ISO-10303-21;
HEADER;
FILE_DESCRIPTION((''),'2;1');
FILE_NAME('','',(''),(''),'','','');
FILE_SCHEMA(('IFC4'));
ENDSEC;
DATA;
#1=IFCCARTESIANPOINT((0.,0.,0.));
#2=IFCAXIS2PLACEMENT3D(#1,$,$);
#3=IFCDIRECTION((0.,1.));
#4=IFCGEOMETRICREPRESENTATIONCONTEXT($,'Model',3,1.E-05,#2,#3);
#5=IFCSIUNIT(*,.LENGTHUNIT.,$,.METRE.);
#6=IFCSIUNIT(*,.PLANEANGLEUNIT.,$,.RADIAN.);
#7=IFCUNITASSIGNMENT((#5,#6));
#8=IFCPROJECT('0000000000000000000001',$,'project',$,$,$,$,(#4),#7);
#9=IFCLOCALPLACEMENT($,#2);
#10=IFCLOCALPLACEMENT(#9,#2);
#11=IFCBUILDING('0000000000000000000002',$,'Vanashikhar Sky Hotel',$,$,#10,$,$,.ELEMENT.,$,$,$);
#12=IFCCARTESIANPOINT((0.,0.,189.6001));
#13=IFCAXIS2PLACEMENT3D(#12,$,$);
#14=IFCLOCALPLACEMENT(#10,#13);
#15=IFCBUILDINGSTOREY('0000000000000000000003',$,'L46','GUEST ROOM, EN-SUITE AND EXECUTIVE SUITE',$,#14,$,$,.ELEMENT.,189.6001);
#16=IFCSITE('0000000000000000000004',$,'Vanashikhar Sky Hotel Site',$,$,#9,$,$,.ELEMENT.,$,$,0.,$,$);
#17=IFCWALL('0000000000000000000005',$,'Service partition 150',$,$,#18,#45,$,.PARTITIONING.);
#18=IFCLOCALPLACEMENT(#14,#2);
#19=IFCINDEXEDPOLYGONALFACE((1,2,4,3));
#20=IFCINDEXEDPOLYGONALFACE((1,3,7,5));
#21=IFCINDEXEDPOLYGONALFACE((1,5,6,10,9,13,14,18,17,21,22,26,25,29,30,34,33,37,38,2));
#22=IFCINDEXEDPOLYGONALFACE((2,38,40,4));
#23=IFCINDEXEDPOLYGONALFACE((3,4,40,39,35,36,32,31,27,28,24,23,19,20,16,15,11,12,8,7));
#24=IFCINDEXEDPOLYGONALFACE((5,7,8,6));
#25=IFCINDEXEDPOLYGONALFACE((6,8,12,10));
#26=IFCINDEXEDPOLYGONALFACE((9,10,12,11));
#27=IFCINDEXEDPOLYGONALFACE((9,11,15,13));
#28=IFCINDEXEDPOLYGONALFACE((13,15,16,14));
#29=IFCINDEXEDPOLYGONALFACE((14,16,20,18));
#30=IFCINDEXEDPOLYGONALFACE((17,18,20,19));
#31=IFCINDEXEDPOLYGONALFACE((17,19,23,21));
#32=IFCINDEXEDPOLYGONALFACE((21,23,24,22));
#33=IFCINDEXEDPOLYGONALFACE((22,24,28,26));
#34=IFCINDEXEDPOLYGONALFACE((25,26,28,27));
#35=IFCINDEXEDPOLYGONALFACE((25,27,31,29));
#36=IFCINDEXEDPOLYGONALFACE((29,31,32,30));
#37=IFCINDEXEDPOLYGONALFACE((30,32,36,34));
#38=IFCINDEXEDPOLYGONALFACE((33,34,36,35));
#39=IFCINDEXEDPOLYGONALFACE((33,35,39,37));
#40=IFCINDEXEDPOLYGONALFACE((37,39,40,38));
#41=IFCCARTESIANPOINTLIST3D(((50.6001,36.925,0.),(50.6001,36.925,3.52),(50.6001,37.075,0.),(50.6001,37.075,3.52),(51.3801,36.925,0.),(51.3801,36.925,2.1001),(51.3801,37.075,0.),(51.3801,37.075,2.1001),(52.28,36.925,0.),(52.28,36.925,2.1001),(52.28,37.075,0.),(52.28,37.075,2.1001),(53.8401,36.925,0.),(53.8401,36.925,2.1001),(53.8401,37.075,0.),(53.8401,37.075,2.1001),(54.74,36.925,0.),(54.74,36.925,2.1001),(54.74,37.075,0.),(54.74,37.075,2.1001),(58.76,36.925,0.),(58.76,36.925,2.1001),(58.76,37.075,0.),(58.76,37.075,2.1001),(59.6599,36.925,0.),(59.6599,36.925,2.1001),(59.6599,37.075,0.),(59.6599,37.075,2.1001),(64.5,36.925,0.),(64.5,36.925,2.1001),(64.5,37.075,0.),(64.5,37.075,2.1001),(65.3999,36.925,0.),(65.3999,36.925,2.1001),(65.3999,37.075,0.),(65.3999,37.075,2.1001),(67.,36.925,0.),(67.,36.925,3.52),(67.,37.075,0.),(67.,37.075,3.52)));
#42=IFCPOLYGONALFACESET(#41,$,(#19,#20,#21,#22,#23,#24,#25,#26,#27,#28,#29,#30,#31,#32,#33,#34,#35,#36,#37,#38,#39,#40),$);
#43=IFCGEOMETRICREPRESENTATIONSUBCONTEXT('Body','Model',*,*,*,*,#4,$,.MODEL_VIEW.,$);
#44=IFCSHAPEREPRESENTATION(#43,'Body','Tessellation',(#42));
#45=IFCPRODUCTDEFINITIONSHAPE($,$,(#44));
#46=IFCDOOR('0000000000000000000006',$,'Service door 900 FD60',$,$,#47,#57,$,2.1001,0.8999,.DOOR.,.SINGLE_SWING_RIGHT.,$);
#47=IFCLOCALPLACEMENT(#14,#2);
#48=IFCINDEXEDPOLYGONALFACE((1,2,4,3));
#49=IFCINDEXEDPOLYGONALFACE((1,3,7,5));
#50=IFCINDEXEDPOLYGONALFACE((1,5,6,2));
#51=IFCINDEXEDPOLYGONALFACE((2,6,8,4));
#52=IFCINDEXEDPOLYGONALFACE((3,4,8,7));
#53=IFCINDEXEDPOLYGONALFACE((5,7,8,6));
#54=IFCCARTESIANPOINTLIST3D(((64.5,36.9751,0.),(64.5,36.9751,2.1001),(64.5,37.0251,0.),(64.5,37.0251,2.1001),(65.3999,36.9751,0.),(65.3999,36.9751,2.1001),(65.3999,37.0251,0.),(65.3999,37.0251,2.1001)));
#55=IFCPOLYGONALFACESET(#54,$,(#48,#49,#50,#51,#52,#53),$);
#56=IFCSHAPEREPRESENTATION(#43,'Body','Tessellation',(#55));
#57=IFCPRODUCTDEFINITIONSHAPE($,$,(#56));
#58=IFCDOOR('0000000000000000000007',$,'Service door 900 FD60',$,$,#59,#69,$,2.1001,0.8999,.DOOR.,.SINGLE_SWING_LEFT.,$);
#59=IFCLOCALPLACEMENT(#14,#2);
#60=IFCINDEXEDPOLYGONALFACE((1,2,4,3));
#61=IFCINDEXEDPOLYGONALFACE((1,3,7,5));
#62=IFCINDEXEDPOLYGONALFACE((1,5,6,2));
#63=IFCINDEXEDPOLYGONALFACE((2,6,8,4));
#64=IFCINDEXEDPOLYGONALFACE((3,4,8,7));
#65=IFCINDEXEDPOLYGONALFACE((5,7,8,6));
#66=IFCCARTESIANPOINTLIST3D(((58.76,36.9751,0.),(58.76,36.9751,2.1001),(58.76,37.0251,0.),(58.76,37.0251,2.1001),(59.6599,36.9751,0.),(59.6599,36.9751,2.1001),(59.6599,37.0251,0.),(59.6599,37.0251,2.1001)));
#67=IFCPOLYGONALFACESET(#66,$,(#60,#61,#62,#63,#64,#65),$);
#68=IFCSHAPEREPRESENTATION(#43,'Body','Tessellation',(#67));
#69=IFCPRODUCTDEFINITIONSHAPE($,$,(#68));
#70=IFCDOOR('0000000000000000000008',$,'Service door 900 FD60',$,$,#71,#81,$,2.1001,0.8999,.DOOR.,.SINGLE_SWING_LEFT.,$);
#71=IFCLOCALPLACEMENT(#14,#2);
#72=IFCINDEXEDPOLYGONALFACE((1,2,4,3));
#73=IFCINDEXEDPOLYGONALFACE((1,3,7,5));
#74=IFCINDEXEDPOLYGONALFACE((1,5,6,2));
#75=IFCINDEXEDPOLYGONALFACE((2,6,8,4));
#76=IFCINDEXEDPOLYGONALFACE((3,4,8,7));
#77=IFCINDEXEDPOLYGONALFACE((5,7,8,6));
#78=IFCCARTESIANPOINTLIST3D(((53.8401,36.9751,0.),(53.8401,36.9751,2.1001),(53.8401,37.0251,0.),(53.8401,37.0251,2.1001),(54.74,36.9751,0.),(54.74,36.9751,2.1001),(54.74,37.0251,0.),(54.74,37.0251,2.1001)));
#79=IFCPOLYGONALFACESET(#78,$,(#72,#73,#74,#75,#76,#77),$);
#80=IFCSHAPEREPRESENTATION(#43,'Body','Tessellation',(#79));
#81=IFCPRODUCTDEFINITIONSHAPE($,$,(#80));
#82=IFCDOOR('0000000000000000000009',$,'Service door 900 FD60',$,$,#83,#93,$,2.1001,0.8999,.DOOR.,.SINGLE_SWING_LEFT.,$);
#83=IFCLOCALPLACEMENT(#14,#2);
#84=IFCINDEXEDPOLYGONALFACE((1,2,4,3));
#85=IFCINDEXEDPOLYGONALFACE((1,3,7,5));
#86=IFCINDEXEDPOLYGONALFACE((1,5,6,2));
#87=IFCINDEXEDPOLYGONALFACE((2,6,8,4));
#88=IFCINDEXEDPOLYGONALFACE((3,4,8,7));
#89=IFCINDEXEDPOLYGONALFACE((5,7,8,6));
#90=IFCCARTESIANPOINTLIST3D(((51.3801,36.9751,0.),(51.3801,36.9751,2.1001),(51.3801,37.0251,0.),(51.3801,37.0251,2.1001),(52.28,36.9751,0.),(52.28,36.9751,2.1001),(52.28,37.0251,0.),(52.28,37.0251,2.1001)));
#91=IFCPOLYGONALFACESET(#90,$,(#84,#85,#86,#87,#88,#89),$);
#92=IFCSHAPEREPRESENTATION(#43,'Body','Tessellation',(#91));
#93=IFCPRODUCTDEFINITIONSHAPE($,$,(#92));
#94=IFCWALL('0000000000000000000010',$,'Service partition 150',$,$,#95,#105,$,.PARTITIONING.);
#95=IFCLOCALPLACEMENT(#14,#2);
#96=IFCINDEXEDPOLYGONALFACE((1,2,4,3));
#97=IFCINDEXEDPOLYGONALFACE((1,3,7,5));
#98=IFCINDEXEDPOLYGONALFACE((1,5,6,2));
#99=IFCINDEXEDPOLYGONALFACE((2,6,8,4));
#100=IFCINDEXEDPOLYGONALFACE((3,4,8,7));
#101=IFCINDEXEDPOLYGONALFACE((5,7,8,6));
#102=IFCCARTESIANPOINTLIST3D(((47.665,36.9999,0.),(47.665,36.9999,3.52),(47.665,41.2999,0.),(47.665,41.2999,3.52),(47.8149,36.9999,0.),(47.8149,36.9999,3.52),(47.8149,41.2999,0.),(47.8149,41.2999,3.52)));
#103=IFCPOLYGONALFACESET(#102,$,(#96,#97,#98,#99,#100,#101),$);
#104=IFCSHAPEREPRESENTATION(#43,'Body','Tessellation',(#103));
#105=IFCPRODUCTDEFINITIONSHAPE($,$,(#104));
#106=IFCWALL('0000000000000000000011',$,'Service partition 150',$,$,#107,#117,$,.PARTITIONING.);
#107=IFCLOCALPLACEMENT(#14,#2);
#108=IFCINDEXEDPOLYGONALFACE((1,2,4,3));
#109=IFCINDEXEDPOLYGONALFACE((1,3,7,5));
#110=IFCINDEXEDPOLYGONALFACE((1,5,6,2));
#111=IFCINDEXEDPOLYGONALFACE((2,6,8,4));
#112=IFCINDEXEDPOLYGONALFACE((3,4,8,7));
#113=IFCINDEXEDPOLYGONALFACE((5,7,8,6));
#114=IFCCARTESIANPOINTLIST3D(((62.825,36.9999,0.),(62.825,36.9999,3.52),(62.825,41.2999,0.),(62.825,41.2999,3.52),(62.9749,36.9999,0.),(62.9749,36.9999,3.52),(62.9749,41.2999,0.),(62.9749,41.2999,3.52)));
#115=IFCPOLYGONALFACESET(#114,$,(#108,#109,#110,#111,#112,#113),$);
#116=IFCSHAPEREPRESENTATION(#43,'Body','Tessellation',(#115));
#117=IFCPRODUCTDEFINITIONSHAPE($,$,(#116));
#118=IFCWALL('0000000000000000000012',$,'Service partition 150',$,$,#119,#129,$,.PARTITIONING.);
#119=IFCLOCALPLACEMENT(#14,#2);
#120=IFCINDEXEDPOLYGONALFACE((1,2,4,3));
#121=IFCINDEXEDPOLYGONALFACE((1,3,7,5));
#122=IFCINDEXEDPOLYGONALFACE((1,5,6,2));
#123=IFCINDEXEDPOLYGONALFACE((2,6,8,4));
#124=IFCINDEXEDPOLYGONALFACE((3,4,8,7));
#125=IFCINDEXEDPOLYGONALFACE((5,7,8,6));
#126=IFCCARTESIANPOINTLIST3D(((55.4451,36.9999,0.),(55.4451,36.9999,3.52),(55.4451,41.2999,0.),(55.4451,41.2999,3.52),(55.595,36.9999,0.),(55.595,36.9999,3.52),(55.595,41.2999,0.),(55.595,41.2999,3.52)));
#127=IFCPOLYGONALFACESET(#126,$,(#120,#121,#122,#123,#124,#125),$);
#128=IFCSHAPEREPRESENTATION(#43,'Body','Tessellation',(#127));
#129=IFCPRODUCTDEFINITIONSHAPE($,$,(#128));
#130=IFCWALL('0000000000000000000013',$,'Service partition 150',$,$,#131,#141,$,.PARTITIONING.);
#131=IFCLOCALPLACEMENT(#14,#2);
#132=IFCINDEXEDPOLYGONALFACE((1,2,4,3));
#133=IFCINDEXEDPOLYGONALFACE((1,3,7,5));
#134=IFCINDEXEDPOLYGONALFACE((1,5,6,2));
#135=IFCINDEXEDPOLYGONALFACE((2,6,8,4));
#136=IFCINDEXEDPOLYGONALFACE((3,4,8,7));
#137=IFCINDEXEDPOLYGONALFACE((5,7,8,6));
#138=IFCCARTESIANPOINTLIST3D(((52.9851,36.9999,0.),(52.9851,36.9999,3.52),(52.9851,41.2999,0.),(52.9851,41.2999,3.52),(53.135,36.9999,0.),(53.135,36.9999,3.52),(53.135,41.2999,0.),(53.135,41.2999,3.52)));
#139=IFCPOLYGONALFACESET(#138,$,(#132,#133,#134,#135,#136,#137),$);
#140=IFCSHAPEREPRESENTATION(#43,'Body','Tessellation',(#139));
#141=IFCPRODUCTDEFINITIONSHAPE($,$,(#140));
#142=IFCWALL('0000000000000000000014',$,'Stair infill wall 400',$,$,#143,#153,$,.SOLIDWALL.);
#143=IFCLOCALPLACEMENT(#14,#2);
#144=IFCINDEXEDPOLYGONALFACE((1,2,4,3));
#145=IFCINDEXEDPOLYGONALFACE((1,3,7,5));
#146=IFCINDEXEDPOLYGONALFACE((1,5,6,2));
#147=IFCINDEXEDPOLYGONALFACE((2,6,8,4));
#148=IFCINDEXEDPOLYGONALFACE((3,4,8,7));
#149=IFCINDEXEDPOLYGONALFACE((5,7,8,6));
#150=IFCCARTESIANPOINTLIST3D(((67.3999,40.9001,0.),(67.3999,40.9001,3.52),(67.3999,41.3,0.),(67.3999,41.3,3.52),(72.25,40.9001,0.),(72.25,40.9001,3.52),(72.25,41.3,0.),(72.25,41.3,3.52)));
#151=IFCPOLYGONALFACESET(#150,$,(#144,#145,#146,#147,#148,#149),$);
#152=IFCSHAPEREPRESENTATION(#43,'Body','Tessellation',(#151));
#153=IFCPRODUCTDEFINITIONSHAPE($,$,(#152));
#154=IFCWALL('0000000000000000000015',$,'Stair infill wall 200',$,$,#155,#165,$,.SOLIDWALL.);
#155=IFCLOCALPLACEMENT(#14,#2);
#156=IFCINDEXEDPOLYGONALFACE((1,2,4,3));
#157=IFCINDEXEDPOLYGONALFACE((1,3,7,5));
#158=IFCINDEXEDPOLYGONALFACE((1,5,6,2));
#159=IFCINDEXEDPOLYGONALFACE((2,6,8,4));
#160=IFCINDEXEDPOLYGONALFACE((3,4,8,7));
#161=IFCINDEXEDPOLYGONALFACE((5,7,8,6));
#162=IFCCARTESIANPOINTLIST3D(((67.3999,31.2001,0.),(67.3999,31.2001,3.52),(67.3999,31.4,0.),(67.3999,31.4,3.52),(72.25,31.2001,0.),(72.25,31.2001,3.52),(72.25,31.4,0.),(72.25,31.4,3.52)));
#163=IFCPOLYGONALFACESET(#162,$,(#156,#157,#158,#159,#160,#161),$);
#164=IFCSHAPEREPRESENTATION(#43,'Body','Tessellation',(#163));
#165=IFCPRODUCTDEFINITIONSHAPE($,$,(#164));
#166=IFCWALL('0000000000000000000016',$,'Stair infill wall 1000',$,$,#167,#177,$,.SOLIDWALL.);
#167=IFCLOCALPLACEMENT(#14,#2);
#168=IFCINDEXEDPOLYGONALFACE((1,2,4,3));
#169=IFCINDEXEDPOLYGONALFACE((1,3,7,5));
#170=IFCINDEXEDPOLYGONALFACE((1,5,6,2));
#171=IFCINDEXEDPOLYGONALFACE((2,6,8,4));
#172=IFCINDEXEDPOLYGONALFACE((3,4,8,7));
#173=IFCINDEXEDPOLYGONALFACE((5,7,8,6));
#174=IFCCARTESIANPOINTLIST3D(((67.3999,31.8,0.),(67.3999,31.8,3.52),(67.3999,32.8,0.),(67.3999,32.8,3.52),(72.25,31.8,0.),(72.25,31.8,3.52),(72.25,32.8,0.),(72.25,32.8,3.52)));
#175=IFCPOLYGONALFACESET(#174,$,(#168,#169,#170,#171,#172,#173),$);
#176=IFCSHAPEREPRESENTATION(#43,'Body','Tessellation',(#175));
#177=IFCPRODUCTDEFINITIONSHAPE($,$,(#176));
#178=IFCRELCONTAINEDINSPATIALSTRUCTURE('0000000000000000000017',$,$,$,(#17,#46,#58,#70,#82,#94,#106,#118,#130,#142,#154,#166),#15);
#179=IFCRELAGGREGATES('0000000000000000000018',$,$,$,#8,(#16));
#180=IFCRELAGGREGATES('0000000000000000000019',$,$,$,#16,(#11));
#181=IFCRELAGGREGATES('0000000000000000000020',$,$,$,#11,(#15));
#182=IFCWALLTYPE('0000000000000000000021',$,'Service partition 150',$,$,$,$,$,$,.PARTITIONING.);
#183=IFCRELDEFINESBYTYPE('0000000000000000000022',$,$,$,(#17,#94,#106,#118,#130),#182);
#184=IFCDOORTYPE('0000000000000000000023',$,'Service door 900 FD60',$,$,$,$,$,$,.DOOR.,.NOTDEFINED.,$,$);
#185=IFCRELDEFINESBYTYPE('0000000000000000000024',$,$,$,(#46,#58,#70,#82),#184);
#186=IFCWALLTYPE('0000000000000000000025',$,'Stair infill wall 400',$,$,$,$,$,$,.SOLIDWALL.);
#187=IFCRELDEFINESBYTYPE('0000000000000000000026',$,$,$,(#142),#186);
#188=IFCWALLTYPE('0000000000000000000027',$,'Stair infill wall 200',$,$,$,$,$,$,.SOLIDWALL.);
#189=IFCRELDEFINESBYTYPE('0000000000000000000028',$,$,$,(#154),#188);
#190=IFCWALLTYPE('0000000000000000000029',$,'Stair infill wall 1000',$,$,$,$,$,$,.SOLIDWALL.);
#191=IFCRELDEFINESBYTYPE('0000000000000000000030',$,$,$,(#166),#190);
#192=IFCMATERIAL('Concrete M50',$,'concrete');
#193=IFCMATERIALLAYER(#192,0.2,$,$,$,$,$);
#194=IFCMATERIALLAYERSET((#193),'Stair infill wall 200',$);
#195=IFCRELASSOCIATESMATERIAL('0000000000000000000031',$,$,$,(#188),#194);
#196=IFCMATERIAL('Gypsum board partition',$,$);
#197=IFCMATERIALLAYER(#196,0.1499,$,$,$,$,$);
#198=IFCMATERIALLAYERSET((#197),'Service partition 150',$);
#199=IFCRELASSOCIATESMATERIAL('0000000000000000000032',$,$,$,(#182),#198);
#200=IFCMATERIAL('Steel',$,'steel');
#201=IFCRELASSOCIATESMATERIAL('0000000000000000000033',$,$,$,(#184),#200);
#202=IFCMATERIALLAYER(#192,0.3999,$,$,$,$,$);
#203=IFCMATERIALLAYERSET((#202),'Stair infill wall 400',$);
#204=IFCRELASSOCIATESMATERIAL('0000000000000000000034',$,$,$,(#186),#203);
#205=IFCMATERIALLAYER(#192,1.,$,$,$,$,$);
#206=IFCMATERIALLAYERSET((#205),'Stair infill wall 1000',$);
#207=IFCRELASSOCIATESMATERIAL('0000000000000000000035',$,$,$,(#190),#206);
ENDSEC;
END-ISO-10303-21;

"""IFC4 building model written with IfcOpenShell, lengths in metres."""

from ifc_helpers import new_model, si_unit, direction, frame, frame_2d, origin, place, context, subcontext, project, spatial, rectangle, extrude, source, transform, mapped, material, layer, layer_set, type_object, element, fill, save


model = new_model("IFC4")

# Units and contexts
model_context = context("Model", 3, precision=1e-05, world=origin(), true_north=direction((0.0, 1.0)))
body_context = subcontext(model_context, "Body", "Model", "MODEL_VIEW")
ifc_project = project(units=[si_unit("LENGTHUNIT", "METRE"), si_unit("PLANEANGLEUNIT", "RADIAN")], contexts=[model_context])

# Site, building, storey
site_placement = place(None, origin())
site = spatial("IfcSite", under=ifc_project, at=site_placement, Name="Vanashikhar Sky Hotel Site", CompositionType="ELEMENT", RefElevation=0.0)
building_placement = place(site_placement, origin())
building = spatial("IfcBuilding", under=site, at=building_placement, Name="Vanashikhar Sky Hotel", CompositionType="ELEMENT")
storey_placement = place(building_placement, frame((0.0, 0.0, 189.6001)))
storey = spatial("IfcBuildingStorey", under=building, at=storey_placement, Name="L46", Description="GUEST ROOM, EN-SUITE AND EXECUTIVE SUITE", CompositionType="ELEMENT", Elevation=189.6001)

# Shared definitions
ifc_material_1 = material(Name="Steel", Category="steel")

# Shared definitions
ifc_material_2 = material(Name="Concrete M50", Category="concrete")
ifc_layer_1 = layer(ifc_material_2, 0.2)
ifc_layer_set_1 = layer_set([ifc_layer_1], Name="Stair infill wall 200")
wall_type_1 = type_object("IfcWallType", Name="Stair infill wall 200", PredefinedType="SOLIDWALL", material=ifc_layer_set_1)
ifc_material_3 = material(Name="Gypsum board partition")
ifc_layer_2 = layer(ifc_material_3, 0.1499)
ifc_layer_set_2 = layer_set([ifc_layer_2], Name="Service partition 150")
wall_type_2 = type_object("IfcWallType", Name="Service partition 150", PredefinedType="PARTITIONING", material=ifc_layer_set_2)

# Wall, openings, doors
shared_shape_1 = source(origin(), body_context, "Body", "SweptSolid", [
    extrude(rectangle(XDim=0.8999, YDim=2.1001, at=frame_2d((0.45, 1.05))), frame((0.0, 0.085, 0.0), z_axis=(0.0, -1.0, 0.0), x_axis=(1.0, 0.0, 0.0)), (0.0, 0.0, 1.0), 0.1699),
])
door_type_1 = type_object("IfcDoorType", Name="Service door 900 FD60", OperationType="NOTDEFINED", PredefinedType="DOOR", material=ifc_material_1)
shared_shape_2 = source(origin(), body_context, "Body", "SweptSolid", [
    extrude(rectangle(XDim=0.8999, YDim=2.1001, at=frame_2d((0.45, 1.05))), frame((0.0, 0.0249, 0.0), z_axis=(0.0, -1.0, 0.0), x_axis=(1.0, 0.0, 0.0)), (0.0, 0.0, 1.0), 0.05),
])
shared_shape_3 = source(origin(), body_context, "Body", "SweptSolid", [
    extrude(rectangle(XDim=16.3999, YDim=0.1499, at=frame_2d((8.2, 0.0))), origin(), (0.0, 0.0, 1.0), 3.52),
])
wall_1_placement = place(storey_placement, frame((67.0, 37.0, 0.0), z_axis=(0.0, 0.0, 1.0), x_axis=(-1.0, 0.0, 0.0)))
wall_1 = element("IfcWall", 1, at=wall_1_placement, inside=storey, type_object=wall_type_2, Name="Service partition 150", PredefinedType="PARTITIONING", context=body_context, shape_type="MappedRepresentation", body=[
    mapped(shared_shape_3, transform((0.0, 0.0, 0.0), scale=1.0)),
])
opening_1_placement = place(wall_1_placement, frame((1.6001, 0.0, 0.0)))
opening_1 = element("IfcOpeningElement", 2, at=opening_1_placement, cuts=wall_1, PredefinedType="OPENING", context=body_context, shape_type="MappedRepresentation", body=[
    mapped(shared_shape_1, transform((0.0, 0.0, 0.0), scale=1.0)),
])
opening_2_placement = place(wall_1_placement, frame((7.3401, 0.0, 0.0)))
opening_2 = element("IfcOpeningElement", 3, at=opening_2_placement, cuts=wall_1, PredefinedType="OPENING", context=body_context, shape_type="MappedRepresentation", body=[
    mapped(shared_shape_1, transform((0.0, 0.0, 0.0), scale=1.0)),
])
opening_3_placement = place(wall_1_placement, frame((12.26, 0.0, 0.0)))
opening_3 = element("IfcOpeningElement", 4, at=opening_3_placement, cuts=wall_1, PredefinedType="OPENING", context=body_context, shape_type="MappedRepresentation", body=[
    mapped(shared_shape_1, transform((0.0, 0.0, 0.0), scale=1.0)),
])
opening_4_placement = place(wall_1_placement, frame((14.72, 0.0, 0.0)))
opening_4 = element("IfcOpeningElement", 5, at=opening_4_placement, cuts=wall_1, PredefinedType="OPENING", context=body_context, shape_type="MappedRepresentation", body=[
    mapped(shared_shape_1, transform((0.0, 0.0, 0.0), scale=1.0)),
])
door_1_placement = place(opening_1_placement, origin())
door_1 = element("IfcDoor", 6, at=door_1_placement, inside=storey, type_object=door_type_1, Name="Service door 900 FD60", OperationType="SINGLE_SWING_RIGHT", OverallHeight=2.1001, OverallWidth=0.8999, PredefinedType="DOOR", context=body_context, shape_type="MappedRepresentation", body=[
    mapped(shared_shape_2, transform((0.0, 0.0, 0.0), scale=1.0)),
])
fill(opening_1, door_1)
door_2_placement = place(opening_2_placement, origin())
door_2 = element("IfcDoor", 7, at=door_2_placement, inside=storey, type_object=door_type_1, Name="Service door 900 FD60", OperationType="SINGLE_SWING_LEFT", OverallHeight=2.1001, OverallWidth=0.8999, PredefinedType="DOOR", context=body_context, shape_type="MappedRepresentation", body=[
    mapped(shared_shape_2, transform((0.0, 0.0, 0.0), scale=1.0)),
])
fill(opening_2, door_2)
door_3_placement = place(opening_3_placement, origin())
door_3 = element("IfcDoor", 8, at=door_3_placement, inside=storey, type_object=door_type_1, Name="Service door 900 FD60", OperationType="SINGLE_SWING_LEFT", OverallHeight=2.1001, OverallWidth=0.8999, PredefinedType="DOOR", context=body_context, shape_type="MappedRepresentation", body=[
    mapped(shared_shape_2, transform((0.0, 0.0, 0.0), scale=1.0)),
])
fill(opening_3, door_3)
door_4_placement = place(opening_4_placement, origin())
door_4 = element("IfcDoor", 9, at=door_4_placement, inside=storey, type_object=door_type_1, Name="Service door 900 FD60", OperationType="SINGLE_SWING_LEFT", OverallHeight=2.1001, OverallWidth=0.8999, PredefinedType="DOOR", context=body_context, shape_type="MappedRepresentation", body=[
    mapped(shared_shape_2, transform((0.0, 0.0, 0.0), scale=1.0)),
])
fill(opening_4, door_4)

# Walls
shared_shape_4 = source(origin(), body_context, "Body", "SweptSolid", [
    extrude(rectangle(XDim=4.3, YDim=0.1499, at=frame_2d((2.1499, 0.0))), origin(), (0.0, 0.0, 1.0), 3.52),
])
for number, where, z_axis, x_axis, name in (
    (10, (47.74, 37.0, 0.0), (0.0, 0.0, 1.0), (0.0, 1.0, 0.0), "Service partition 150"),
    (11, (62.8999, 37.0, 0.0), (0.0, 0.0, 1.0), (0.0, 1.0, 0.0), "Service partition 150"),
    (12, (55.52, 37.0, 0.0), (0.0, 0.0, 1.0), (0.0, 1.0, 0.0), "Service partition 150"),
    (13, (53.0601, 37.0, 0.0), (0.0, 0.0, 1.0), (0.0, 1.0, 0.0), "Service partition 150"),
):
    element("IfcWall", number, at=place(storey_placement, frame(where, z_axis=z_axis, x_axis=x_axis)), inside=storey, type_object=wall_type_2, Name=name, PredefinedType="PARTITIONING", context=body_context, shape_type="MappedRepresentation", body=[
        mapped(shared_shape_4, transform((0.0, 0.0, 0.0), scale=1.0)),
    ])
ifc_layer_3 = layer(ifc_material_2, 0.3999)
ifc_layer_set_3 = layer_set([ifc_layer_3], Name="Stair infill wall 400")
wall_type_3 = type_object("IfcWallType", Name="Stair infill wall 400", PredefinedType="SOLIDWALL", material=ifc_layer_set_3)
shared_shape_5 = source(origin(), body_context, "Body", "SweptSolid", [
    extrude(rectangle(XDim=4.8501, YDim=0.3999, at=frame_2d((2.425, 0.0))), origin(), (0.0, 0.0, 1.0), 3.52),
])
wall_2_placement = place(storey_placement, frame((67.3999, 41.1001, 0.0), z_axis=(0.0, 0.0, 1.0), x_axis=(1.0, 0.0, 0.0)))
element("IfcWall", 14, at=wall_2_placement, inside=storey, type_object=wall_type_3, Name="Stair infill wall 400", PredefinedType="SOLIDWALL", context=body_context, shape_type="MappedRepresentation", body=[
    mapped(shared_shape_5, transform((0.0, 0.0, 0.0), scale=1.0)),
])
shared_shape_6 = source(origin(), body_context, "Body", "SweptSolid", [
    extrude(rectangle(XDim=4.8501, YDim=0.2, at=frame_2d((2.425, 0.0))), origin(), (0.0, 0.0, 1.0), 3.52),
])
wall_3_placement = place(storey_placement, frame((67.3999, 31.3, 0.0), z_axis=(0.0, 0.0, 1.0), x_axis=(1.0, 0.0, 0.0)))
element("IfcWall", 15, at=wall_3_placement, inside=storey, type_object=wall_type_1, Name="Stair infill wall 200", PredefinedType="SOLIDWALL", context=body_context, shape_type="MappedRepresentation", body=[
    mapped(shared_shape_6, transform((0.0, 0.0, 0.0), scale=1.0)),
])
ifc_layer_4 = layer(ifc_material_2, 1.0)
ifc_layer_set_4 = layer_set([ifc_layer_4], Name="Stair infill wall 1000")
wall_type_4 = type_object("IfcWallType", Name="Stair infill wall 1000", PredefinedType="SOLIDWALL", material=ifc_layer_set_4)
shared_shape_7 = source(origin(), body_context, "Body", "SweptSolid", [
    extrude(rectangle(XDim=4.8501, YDim=1.0, at=frame_2d((2.425, 0.0))), origin(), (0.0, 0.0, 1.0), 3.52),
])
wall_4_placement = place(storey_placement, frame((67.3999, 32.3, 0.0), z_axis=(0.0, 0.0, 1.0), x_axis=(1.0, 0.0, 0.0)))
element("IfcWall", 16, at=wall_4_placement, inside=storey, type_object=wall_type_4, Name="Stair infill wall 1000", PredefinedType="SOLIDWALL", context=body_context, shape_type="MappedRepresentation", body=[
    mapped(shared_shape_7, transform((0.0, 0.0, 0.0), scale=1.0)),
])

save(model, "model.ifc")
